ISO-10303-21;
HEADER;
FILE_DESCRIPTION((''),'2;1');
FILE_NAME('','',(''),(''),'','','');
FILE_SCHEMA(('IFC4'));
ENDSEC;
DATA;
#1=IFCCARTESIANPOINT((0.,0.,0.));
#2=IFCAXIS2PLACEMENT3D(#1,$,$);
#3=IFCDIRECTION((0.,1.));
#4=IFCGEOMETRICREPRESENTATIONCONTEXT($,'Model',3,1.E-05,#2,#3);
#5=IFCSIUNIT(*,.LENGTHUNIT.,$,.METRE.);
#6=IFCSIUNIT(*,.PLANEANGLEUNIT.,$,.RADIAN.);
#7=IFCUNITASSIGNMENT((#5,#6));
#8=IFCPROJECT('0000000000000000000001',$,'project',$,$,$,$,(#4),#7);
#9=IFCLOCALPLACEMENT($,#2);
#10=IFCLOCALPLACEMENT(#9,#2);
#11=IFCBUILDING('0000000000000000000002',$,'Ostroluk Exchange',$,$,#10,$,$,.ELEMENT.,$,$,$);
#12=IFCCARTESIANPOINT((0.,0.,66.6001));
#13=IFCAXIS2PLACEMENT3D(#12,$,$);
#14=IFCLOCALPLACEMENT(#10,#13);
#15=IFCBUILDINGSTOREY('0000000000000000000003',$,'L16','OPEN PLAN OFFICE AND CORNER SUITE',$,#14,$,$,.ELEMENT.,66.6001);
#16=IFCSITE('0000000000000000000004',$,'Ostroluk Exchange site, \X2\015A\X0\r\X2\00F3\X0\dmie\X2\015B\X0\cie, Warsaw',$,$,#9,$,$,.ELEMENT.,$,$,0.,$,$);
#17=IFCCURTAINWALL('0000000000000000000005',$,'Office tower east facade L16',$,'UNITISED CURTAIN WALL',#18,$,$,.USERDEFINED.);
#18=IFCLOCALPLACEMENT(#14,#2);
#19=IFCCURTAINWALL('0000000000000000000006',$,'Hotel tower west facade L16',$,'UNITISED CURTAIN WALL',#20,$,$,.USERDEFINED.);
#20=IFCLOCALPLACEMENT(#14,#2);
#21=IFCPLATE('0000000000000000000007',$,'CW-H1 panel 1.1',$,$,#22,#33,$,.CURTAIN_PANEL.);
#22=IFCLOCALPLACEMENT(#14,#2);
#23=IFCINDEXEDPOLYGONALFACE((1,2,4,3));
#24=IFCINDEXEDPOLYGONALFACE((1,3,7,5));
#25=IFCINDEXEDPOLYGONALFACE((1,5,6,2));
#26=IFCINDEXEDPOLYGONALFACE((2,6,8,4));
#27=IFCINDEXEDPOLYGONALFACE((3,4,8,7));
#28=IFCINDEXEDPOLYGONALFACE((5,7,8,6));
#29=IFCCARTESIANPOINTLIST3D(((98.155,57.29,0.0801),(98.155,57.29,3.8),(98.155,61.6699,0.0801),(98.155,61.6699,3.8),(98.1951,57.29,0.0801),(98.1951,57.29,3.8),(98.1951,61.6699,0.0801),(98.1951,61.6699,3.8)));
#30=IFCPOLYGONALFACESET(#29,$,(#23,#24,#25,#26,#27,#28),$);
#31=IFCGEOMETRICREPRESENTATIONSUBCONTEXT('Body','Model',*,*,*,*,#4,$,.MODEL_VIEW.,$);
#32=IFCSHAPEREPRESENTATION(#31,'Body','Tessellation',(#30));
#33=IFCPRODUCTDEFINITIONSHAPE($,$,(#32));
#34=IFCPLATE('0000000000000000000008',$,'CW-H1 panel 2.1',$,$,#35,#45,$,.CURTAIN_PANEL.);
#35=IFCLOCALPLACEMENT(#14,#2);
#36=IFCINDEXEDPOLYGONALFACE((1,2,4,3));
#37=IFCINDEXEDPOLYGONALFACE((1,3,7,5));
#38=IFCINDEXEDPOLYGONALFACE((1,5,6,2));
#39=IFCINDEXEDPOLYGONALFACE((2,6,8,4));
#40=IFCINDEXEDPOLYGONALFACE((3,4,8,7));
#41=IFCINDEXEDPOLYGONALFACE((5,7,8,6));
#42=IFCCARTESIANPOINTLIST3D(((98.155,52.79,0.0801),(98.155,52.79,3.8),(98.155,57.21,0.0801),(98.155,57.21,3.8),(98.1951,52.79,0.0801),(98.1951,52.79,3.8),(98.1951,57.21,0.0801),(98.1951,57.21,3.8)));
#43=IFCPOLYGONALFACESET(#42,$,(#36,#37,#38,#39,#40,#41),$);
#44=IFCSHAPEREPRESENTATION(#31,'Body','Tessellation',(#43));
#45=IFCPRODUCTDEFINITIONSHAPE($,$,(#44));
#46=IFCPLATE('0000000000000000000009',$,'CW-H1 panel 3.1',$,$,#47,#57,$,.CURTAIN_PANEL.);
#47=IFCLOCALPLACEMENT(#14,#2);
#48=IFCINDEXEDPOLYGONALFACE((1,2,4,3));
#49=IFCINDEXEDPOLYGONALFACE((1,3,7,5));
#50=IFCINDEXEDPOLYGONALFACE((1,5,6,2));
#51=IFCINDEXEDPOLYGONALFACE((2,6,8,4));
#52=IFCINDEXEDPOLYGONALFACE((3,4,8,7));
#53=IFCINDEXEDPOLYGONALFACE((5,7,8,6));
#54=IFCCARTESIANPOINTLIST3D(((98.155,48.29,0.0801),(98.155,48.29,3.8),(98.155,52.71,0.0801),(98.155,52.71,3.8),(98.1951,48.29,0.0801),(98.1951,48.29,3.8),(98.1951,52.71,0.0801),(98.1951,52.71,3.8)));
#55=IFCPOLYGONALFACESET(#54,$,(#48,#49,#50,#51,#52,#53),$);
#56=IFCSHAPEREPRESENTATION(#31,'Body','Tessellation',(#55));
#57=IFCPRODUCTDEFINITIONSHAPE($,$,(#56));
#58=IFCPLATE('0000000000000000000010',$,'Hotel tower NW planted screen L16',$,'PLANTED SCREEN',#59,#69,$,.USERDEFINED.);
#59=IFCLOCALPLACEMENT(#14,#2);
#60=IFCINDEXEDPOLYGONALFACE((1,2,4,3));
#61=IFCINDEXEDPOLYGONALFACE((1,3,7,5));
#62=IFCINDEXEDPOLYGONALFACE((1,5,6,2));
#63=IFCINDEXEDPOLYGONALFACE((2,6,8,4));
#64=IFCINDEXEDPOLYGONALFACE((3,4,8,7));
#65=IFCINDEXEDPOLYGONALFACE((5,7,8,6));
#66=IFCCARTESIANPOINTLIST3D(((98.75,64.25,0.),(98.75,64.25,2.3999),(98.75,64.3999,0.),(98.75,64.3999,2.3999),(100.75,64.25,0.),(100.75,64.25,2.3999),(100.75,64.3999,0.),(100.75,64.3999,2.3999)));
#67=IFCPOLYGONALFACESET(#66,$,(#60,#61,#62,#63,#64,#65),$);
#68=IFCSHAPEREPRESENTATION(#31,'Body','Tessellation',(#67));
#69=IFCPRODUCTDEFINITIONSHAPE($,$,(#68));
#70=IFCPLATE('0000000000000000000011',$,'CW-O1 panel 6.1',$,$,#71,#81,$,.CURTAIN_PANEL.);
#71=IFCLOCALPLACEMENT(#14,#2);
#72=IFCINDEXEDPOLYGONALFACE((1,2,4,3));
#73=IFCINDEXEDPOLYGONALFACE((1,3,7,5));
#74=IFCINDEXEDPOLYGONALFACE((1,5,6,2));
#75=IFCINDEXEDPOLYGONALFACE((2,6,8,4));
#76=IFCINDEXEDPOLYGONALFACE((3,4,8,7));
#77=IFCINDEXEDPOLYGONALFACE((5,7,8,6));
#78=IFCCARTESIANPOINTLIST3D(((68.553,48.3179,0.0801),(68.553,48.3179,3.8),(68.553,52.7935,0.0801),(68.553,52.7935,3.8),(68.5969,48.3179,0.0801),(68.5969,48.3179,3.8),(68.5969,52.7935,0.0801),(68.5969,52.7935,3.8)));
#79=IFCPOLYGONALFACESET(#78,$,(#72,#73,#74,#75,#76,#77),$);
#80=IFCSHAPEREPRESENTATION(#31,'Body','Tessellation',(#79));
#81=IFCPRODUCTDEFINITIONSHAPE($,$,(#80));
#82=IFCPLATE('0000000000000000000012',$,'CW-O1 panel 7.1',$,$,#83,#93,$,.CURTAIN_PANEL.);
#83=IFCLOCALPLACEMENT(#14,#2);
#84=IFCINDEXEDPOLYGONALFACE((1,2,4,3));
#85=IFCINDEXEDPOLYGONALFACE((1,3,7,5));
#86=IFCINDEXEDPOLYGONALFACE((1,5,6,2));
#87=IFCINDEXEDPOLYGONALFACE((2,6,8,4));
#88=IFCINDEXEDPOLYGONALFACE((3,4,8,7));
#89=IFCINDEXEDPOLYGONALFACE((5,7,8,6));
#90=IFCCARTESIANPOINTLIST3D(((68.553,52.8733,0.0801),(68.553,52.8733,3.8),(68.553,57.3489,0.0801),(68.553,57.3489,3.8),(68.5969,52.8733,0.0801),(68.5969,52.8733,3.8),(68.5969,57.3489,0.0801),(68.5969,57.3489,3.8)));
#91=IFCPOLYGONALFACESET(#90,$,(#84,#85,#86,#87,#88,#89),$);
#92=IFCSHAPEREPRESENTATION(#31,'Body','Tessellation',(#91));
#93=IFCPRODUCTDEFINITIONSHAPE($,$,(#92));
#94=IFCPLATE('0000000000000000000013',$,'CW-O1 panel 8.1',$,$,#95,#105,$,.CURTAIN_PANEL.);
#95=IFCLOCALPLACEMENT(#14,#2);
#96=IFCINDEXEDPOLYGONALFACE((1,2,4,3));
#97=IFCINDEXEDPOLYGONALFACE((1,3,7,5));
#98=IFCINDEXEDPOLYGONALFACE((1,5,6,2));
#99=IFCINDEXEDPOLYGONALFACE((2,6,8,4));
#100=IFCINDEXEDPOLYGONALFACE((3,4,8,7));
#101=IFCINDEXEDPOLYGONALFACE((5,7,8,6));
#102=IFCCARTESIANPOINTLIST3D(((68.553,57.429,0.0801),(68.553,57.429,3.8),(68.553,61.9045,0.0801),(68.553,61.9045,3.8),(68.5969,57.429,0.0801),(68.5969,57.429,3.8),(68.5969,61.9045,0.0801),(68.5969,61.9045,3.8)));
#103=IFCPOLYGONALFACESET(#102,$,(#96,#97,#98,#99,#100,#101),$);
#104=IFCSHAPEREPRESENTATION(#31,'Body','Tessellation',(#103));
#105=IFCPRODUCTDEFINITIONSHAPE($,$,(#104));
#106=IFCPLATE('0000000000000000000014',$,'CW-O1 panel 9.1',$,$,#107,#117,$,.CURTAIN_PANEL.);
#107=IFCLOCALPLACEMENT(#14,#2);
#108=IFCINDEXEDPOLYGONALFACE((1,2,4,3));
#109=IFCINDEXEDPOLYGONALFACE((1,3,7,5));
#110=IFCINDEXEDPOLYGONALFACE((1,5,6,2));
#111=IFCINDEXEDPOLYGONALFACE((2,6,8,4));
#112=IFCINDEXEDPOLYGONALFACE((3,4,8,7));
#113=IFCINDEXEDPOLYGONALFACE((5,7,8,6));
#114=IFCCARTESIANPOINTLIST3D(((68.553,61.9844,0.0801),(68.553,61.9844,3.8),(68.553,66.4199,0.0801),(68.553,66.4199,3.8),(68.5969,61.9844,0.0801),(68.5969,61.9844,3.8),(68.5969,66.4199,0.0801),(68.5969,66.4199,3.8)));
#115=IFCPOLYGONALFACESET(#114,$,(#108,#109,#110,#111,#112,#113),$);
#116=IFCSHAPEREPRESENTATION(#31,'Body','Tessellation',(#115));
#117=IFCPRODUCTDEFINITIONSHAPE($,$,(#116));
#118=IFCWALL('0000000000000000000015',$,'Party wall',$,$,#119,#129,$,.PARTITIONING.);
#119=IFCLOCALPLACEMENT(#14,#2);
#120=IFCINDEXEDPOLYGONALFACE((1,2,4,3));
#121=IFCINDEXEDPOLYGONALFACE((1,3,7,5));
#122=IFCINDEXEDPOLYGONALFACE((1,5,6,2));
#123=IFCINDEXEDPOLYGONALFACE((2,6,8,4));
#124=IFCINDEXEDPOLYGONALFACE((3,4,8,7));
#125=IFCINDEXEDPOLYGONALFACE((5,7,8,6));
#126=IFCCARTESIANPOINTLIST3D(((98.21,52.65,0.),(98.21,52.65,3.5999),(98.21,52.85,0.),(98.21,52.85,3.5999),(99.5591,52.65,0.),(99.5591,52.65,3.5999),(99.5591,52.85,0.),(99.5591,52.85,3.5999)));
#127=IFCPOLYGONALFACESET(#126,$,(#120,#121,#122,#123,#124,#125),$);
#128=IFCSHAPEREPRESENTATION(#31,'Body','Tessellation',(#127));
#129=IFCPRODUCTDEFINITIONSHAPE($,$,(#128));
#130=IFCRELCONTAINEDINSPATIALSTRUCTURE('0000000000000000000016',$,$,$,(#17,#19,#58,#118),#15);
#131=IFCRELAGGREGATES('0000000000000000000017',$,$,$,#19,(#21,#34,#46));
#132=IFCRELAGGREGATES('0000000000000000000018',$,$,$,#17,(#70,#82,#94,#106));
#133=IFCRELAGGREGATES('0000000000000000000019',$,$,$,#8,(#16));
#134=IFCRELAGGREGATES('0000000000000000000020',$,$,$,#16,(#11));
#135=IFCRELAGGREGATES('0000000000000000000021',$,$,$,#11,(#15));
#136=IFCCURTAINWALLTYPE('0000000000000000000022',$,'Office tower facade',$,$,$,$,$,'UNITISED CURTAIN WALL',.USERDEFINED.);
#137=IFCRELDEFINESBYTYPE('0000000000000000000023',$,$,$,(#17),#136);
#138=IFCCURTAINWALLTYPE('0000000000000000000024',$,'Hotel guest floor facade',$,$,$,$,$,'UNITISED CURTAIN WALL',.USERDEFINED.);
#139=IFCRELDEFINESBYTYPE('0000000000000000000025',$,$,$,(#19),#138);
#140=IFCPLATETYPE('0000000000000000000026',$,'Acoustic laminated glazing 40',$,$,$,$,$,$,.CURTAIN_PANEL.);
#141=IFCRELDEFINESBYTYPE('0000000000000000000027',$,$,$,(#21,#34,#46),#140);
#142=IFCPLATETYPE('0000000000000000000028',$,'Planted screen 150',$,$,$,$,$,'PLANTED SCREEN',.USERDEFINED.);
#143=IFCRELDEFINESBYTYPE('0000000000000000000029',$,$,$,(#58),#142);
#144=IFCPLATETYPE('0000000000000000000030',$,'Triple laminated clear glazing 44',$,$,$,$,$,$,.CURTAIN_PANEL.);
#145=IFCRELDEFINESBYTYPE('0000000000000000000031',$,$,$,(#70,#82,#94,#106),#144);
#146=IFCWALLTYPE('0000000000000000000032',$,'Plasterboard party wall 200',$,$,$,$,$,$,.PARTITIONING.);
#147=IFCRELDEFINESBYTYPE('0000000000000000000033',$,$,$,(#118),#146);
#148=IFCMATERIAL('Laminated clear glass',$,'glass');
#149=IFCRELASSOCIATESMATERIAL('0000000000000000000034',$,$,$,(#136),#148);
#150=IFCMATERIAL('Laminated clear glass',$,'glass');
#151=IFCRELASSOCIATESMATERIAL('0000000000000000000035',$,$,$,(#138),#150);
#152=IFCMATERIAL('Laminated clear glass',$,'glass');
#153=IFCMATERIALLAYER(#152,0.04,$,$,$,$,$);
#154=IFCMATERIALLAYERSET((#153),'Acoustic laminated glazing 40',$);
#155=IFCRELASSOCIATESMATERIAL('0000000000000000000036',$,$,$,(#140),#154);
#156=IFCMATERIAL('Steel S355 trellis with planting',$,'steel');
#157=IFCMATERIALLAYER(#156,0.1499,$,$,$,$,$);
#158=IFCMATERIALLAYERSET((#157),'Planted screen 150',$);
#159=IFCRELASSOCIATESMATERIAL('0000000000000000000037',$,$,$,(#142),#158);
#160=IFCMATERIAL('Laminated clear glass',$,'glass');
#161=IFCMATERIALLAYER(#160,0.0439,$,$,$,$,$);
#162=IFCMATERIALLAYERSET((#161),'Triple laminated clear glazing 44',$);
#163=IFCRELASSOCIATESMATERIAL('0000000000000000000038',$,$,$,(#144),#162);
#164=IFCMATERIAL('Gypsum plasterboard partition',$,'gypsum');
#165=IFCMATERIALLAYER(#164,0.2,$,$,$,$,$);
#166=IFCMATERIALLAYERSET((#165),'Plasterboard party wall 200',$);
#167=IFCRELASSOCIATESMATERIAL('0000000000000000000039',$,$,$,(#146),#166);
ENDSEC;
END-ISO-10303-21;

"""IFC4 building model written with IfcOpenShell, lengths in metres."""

from ifc_helpers import new_model, si_unit, direction, frame, frame_2d, origin, origin_2d, place, context, subcontext, project, spatial, rectangle, extrude, material, layer, layer_set, type_object, element, aggregate, save


model = new_model("IFC4")

# Units and contexts
model_context = context("Model", 3, precision=1e-05, world=origin(), true_north=direction((0.0, 1.0)))
body_context = subcontext(model_context, "Body", "Model", "MODEL_VIEW")
ifc_project = project(units=[si_unit("LENGTHUNIT", "METRE"), si_unit("PLANEANGLEUNIT", "RADIAN")], contexts=[model_context])

# Site, building, storey
site_placement = place(None, origin())
site = spatial("IfcSite", under=ifc_project, at=site_placement, Name="Ostroluk Exchange site, Śródmieście, Warsaw", CompositionType="ELEMENT", RefElevation=0.0)
building_placement = place(site_placement, origin())
building = spatial("IfcBuilding", under=site, at=building_placement, Name="Ostroluk Exchange", CompositionType="ELEMENT")
storey_placement = place(building_placement, frame((0.0, 0.0, 66.6001)))
storey = spatial("IfcBuildingStorey", under=building, at=storey_placement, Name="L16", Description="OPEN PLAN OFFICE AND CORNER SUITE", CompositionType="ELEMENT", Elevation=66.6001)

# Curtain walls
ifc_material_1 = material(Name="Laminated clear glass", Category="glass")
curtain_wall_type_1 = type_object("IfcCurtainWallType", Name="Office tower facade", ElementType="UNITISED CURTAIN WALL", PredefinedType="USERDEFINED", material=ifc_material_1)
curtain_wall_1_placement = place(storey_placement, origin())
curtain_wall_1 = element("IfcCurtainWall", 1, at=curtain_wall_1_placement, inside=storey, type_object=curtain_wall_type_1, Name="Office tower east facade L16", ObjectType="UNITISED CURTAIN WALL", PredefinedType="USERDEFINED")
ifc_material_2 = material(Name="Laminated clear glass", Category="glass")
curtain_wall_type_2 = type_object("IfcCurtainWallType", Name="Hotel guest floor facade", ElementType="UNITISED CURTAIN WALL", PredefinedType="USERDEFINED", material=ifc_material_2)
curtain_wall_2_placement = place(storey_placement, origin())
curtain_wall_2 = element("IfcCurtainWall", 2, at=curtain_wall_2_placement, inside=storey, type_object=curtain_wall_type_2, Name="Hotel tower west facade L16", ObjectType="UNITISED CURTAIN WALL", PredefinedType="USERDEFINED")

# Plates
ifc_material_3 = material(Name="Laminated clear glass", Category="glass")
ifc_layer_1 = layer(ifc_material_3, 0.04)
ifc_layer_set_1 = layer_set([ifc_layer_1], Name="Acoustic laminated glazing 40")
plate_type_1 = type_object("IfcPlateType", Name="Acoustic laminated glazing 40", PredefinedType="CURTAIN_PANEL", material=ifc_layer_set_1)
plate_1_placement = place(storey_placement, frame((98.175, 59.48, 0.0801), z_axis=(0.0, 0.0, 1.0), x_axis=(0.0, -1.0, 0.0)))
plate_1 = element("IfcPlate", 3, at=plate_1_placement, type_object=plate_type_1, Name="CW-H1 panel 1.1", PredefinedType="CURTAIN_PANEL", context=body_context, shape_type="SweptSolid", body=[
    extrude(rectangle(XDim=4.3799, YDim=0.04, at=origin_2d()), origin(), (0.0, 0.0, 1.0), 3.72),
])
plate_2_placement = place(storey_placement, frame((98.175, 55.0, 0.0801), z_axis=(0.0, 0.0, 1.0), x_axis=(0.0, -1.0, 0.0)))
plate_2 = element("IfcPlate", 4, at=plate_2_placement, type_object=plate_type_1, Name="CW-H1 panel 2.1", PredefinedType="CURTAIN_PANEL", context=body_context, shape_type="SweptSolid", body=[
    extrude(rectangle(XDim=4.4199, YDim=0.04, at=origin_2d()), origin(), (0.0, 0.0, 1.0), 3.72),
])
plate_3_placement = place(storey_placement, frame((98.175, 50.5, 0.0801), z_axis=(0.0, 0.0, 1.0), x_axis=(0.0, -1.0, 0.0)))
plate_3 = element("IfcPlate", 5, at=plate_3_placement, type_object=plate_type_1, Name="CW-H1 panel 3.1", PredefinedType="CURTAIN_PANEL", context=body_context, shape_type="SweptSolid", body=[
    extrude(rectangle(XDim=4.4199, YDim=0.04, at=origin_2d()), origin(), (0.0, 0.0, 1.0), 3.72),
])
aggregate(curtain_wall_2, [plate_1, plate_2, plate_3])
ifc_material_4 = material(Name="Steel S355 trellis with planting", Category="steel")
ifc_layer_2 = layer(ifc_material_4, 0.1499)
ifc_layer_set_2 = layer_set([ifc_layer_2], Name="Planted screen 150")
plate_type_2 = type_object("IfcPlateType", Name="Planted screen 150", ElementType="PLANTED SCREEN", PredefinedType="USERDEFINED", material=ifc_layer_set_2)
plate_4_placement = place(storey_placement, frame((99.75, 64.325, 0.0), z_axis=(0.0, 0.0, 1.0), x_axis=(1.0, 0.0, 0.0)))
element("IfcPlate", 6, at=plate_4_placement, inside=storey, type_object=plate_type_2, Name="Hotel tower NW planted screen L16", ObjectType="PLANTED SCREEN", PredefinedType="USERDEFINED", context=body_context, shape_type="SweptSolid", body=[
    extrude(rectangle(XDim=2.0, YDim=0.1499, at=origin_2d()), origin(), (0.0, 0.0, 1.0), 2.3999),
])
ifc_material_5 = material(Name="Laminated clear glass", Category="glass")
ifc_layer_3 = layer(ifc_material_5, 0.0439)
ifc_layer_set_3 = layer_set([ifc_layer_3], Name="Triple laminated clear glazing 44")
plate_type_3 = type_object("IfcPlateType", Name="Triple laminated clear glazing 44", PredefinedType="CURTAIN_PANEL", material=ifc_layer_set_3)
plate_5_placement = place(storey_placement, frame((68.575, 50.5557, 0.0801), z_axis=(0.0, 0.0, 1.0), x_axis=(0.0, 1.0, 0.0)))
plate_5 = element("IfcPlate", 7, at=plate_5_placement, type_object=plate_type_3, Name="CW-O1 panel 6.1", PredefinedType="CURTAIN_PANEL", context=body_context, shape_type="SweptSolid", body=[
    extrude(rectangle(XDim=4.4756, YDim=0.0439, at=origin_2d()), origin(), (0.0, 0.0, 1.0), 3.72),
])
plate_6_placement = place(storey_placement, frame((68.575, 55.1111, 0.0801), z_axis=(0.0, 0.0, 1.0), x_axis=(0.0, 1.0, 0.0)))
plate_6 = element("IfcPlate", 8, at=plate_6_placement, type_object=plate_type_3, Name="CW-O1 panel 7.1", PredefinedType="CURTAIN_PANEL", context=body_context, shape_type="SweptSolid", body=[
    extrude(rectangle(XDim=4.4756, YDim=0.0439, at=origin_2d()), origin(), (0.0, 0.0, 1.0), 3.72),
])
plate_7_placement = place(storey_placement, frame((68.575, 59.6667, 0.0801), z_axis=(0.0, 0.0, 1.0), x_axis=(0.0, 1.0, 0.0)))
plate_7 = element("IfcPlate", 9, at=plate_7_placement, type_object=plate_type_3, Name="CW-O1 panel 8.1", PredefinedType="CURTAIN_PANEL", context=body_context, shape_type="SweptSolid", body=[
    extrude(rectangle(XDim=4.4756, YDim=0.0439, at=origin_2d()), origin(), (0.0, 0.0, 1.0), 3.72),
])
plate_8_placement = place(storey_placement, frame((68.575, 64.2021, 0.0801), z_axis=(0.0, 0.0, 1.0), x_axis=(0.0, 1.0, 0.0)))
plate_8 = element("IfcPlate", 10, at=plate_8_placement, type_object=plate_type_3, Name="CW-O1 panel 9.1", PredefinedType="CURTAIN_PANEL", context=body_context, shape_type="SweptSolid", body=[
    extrude(rectangle(XDim=4.4355, YDim=0.0439, at=origin_2d()), origin(), (0.0, 0.0, 1.0), 3.72),
])
aggregate(curtain_wall_1, [plate_5, plate_6, plate_7, plate_8])

# Wall
ifc_material_6 = material(Name="Gypsum plasterboard partition", Category="gypsum")
ifc_layer_4 = layer(ifc_material_6, 0.2)
ifc_layer_set_4 = layer_set([ifc_layer_4], Name="Plasterboard party wall 200")
wall_type = type_object("IfcWallType", Name="Plasterboard party wall 200", PredefinedType="PARTITIONING", material=ifc_layer_set_4)
wall_placement = place(storey_placement, frame((99.5591, 52.75, 0.0), z_axis=(0.0, 0.0, 1.0), x_axis=(-1.0, 0.0, 0.0)))
element("IfcWall", 11, at=wall_placement, inside=storey, type_object=wall_type, Name="Party wall", PredefinedType="PARTITIONING", context=body_context, shape_type="SweptSolid", body=[
    extrude(rectangle(XDim=1.3491, YDim=0.2, at=frame_2d((0.6746, 0.0))), origin(), (0.0, 0.0, 1.0), 3.5999),
])

save(model, "model.ifc")
